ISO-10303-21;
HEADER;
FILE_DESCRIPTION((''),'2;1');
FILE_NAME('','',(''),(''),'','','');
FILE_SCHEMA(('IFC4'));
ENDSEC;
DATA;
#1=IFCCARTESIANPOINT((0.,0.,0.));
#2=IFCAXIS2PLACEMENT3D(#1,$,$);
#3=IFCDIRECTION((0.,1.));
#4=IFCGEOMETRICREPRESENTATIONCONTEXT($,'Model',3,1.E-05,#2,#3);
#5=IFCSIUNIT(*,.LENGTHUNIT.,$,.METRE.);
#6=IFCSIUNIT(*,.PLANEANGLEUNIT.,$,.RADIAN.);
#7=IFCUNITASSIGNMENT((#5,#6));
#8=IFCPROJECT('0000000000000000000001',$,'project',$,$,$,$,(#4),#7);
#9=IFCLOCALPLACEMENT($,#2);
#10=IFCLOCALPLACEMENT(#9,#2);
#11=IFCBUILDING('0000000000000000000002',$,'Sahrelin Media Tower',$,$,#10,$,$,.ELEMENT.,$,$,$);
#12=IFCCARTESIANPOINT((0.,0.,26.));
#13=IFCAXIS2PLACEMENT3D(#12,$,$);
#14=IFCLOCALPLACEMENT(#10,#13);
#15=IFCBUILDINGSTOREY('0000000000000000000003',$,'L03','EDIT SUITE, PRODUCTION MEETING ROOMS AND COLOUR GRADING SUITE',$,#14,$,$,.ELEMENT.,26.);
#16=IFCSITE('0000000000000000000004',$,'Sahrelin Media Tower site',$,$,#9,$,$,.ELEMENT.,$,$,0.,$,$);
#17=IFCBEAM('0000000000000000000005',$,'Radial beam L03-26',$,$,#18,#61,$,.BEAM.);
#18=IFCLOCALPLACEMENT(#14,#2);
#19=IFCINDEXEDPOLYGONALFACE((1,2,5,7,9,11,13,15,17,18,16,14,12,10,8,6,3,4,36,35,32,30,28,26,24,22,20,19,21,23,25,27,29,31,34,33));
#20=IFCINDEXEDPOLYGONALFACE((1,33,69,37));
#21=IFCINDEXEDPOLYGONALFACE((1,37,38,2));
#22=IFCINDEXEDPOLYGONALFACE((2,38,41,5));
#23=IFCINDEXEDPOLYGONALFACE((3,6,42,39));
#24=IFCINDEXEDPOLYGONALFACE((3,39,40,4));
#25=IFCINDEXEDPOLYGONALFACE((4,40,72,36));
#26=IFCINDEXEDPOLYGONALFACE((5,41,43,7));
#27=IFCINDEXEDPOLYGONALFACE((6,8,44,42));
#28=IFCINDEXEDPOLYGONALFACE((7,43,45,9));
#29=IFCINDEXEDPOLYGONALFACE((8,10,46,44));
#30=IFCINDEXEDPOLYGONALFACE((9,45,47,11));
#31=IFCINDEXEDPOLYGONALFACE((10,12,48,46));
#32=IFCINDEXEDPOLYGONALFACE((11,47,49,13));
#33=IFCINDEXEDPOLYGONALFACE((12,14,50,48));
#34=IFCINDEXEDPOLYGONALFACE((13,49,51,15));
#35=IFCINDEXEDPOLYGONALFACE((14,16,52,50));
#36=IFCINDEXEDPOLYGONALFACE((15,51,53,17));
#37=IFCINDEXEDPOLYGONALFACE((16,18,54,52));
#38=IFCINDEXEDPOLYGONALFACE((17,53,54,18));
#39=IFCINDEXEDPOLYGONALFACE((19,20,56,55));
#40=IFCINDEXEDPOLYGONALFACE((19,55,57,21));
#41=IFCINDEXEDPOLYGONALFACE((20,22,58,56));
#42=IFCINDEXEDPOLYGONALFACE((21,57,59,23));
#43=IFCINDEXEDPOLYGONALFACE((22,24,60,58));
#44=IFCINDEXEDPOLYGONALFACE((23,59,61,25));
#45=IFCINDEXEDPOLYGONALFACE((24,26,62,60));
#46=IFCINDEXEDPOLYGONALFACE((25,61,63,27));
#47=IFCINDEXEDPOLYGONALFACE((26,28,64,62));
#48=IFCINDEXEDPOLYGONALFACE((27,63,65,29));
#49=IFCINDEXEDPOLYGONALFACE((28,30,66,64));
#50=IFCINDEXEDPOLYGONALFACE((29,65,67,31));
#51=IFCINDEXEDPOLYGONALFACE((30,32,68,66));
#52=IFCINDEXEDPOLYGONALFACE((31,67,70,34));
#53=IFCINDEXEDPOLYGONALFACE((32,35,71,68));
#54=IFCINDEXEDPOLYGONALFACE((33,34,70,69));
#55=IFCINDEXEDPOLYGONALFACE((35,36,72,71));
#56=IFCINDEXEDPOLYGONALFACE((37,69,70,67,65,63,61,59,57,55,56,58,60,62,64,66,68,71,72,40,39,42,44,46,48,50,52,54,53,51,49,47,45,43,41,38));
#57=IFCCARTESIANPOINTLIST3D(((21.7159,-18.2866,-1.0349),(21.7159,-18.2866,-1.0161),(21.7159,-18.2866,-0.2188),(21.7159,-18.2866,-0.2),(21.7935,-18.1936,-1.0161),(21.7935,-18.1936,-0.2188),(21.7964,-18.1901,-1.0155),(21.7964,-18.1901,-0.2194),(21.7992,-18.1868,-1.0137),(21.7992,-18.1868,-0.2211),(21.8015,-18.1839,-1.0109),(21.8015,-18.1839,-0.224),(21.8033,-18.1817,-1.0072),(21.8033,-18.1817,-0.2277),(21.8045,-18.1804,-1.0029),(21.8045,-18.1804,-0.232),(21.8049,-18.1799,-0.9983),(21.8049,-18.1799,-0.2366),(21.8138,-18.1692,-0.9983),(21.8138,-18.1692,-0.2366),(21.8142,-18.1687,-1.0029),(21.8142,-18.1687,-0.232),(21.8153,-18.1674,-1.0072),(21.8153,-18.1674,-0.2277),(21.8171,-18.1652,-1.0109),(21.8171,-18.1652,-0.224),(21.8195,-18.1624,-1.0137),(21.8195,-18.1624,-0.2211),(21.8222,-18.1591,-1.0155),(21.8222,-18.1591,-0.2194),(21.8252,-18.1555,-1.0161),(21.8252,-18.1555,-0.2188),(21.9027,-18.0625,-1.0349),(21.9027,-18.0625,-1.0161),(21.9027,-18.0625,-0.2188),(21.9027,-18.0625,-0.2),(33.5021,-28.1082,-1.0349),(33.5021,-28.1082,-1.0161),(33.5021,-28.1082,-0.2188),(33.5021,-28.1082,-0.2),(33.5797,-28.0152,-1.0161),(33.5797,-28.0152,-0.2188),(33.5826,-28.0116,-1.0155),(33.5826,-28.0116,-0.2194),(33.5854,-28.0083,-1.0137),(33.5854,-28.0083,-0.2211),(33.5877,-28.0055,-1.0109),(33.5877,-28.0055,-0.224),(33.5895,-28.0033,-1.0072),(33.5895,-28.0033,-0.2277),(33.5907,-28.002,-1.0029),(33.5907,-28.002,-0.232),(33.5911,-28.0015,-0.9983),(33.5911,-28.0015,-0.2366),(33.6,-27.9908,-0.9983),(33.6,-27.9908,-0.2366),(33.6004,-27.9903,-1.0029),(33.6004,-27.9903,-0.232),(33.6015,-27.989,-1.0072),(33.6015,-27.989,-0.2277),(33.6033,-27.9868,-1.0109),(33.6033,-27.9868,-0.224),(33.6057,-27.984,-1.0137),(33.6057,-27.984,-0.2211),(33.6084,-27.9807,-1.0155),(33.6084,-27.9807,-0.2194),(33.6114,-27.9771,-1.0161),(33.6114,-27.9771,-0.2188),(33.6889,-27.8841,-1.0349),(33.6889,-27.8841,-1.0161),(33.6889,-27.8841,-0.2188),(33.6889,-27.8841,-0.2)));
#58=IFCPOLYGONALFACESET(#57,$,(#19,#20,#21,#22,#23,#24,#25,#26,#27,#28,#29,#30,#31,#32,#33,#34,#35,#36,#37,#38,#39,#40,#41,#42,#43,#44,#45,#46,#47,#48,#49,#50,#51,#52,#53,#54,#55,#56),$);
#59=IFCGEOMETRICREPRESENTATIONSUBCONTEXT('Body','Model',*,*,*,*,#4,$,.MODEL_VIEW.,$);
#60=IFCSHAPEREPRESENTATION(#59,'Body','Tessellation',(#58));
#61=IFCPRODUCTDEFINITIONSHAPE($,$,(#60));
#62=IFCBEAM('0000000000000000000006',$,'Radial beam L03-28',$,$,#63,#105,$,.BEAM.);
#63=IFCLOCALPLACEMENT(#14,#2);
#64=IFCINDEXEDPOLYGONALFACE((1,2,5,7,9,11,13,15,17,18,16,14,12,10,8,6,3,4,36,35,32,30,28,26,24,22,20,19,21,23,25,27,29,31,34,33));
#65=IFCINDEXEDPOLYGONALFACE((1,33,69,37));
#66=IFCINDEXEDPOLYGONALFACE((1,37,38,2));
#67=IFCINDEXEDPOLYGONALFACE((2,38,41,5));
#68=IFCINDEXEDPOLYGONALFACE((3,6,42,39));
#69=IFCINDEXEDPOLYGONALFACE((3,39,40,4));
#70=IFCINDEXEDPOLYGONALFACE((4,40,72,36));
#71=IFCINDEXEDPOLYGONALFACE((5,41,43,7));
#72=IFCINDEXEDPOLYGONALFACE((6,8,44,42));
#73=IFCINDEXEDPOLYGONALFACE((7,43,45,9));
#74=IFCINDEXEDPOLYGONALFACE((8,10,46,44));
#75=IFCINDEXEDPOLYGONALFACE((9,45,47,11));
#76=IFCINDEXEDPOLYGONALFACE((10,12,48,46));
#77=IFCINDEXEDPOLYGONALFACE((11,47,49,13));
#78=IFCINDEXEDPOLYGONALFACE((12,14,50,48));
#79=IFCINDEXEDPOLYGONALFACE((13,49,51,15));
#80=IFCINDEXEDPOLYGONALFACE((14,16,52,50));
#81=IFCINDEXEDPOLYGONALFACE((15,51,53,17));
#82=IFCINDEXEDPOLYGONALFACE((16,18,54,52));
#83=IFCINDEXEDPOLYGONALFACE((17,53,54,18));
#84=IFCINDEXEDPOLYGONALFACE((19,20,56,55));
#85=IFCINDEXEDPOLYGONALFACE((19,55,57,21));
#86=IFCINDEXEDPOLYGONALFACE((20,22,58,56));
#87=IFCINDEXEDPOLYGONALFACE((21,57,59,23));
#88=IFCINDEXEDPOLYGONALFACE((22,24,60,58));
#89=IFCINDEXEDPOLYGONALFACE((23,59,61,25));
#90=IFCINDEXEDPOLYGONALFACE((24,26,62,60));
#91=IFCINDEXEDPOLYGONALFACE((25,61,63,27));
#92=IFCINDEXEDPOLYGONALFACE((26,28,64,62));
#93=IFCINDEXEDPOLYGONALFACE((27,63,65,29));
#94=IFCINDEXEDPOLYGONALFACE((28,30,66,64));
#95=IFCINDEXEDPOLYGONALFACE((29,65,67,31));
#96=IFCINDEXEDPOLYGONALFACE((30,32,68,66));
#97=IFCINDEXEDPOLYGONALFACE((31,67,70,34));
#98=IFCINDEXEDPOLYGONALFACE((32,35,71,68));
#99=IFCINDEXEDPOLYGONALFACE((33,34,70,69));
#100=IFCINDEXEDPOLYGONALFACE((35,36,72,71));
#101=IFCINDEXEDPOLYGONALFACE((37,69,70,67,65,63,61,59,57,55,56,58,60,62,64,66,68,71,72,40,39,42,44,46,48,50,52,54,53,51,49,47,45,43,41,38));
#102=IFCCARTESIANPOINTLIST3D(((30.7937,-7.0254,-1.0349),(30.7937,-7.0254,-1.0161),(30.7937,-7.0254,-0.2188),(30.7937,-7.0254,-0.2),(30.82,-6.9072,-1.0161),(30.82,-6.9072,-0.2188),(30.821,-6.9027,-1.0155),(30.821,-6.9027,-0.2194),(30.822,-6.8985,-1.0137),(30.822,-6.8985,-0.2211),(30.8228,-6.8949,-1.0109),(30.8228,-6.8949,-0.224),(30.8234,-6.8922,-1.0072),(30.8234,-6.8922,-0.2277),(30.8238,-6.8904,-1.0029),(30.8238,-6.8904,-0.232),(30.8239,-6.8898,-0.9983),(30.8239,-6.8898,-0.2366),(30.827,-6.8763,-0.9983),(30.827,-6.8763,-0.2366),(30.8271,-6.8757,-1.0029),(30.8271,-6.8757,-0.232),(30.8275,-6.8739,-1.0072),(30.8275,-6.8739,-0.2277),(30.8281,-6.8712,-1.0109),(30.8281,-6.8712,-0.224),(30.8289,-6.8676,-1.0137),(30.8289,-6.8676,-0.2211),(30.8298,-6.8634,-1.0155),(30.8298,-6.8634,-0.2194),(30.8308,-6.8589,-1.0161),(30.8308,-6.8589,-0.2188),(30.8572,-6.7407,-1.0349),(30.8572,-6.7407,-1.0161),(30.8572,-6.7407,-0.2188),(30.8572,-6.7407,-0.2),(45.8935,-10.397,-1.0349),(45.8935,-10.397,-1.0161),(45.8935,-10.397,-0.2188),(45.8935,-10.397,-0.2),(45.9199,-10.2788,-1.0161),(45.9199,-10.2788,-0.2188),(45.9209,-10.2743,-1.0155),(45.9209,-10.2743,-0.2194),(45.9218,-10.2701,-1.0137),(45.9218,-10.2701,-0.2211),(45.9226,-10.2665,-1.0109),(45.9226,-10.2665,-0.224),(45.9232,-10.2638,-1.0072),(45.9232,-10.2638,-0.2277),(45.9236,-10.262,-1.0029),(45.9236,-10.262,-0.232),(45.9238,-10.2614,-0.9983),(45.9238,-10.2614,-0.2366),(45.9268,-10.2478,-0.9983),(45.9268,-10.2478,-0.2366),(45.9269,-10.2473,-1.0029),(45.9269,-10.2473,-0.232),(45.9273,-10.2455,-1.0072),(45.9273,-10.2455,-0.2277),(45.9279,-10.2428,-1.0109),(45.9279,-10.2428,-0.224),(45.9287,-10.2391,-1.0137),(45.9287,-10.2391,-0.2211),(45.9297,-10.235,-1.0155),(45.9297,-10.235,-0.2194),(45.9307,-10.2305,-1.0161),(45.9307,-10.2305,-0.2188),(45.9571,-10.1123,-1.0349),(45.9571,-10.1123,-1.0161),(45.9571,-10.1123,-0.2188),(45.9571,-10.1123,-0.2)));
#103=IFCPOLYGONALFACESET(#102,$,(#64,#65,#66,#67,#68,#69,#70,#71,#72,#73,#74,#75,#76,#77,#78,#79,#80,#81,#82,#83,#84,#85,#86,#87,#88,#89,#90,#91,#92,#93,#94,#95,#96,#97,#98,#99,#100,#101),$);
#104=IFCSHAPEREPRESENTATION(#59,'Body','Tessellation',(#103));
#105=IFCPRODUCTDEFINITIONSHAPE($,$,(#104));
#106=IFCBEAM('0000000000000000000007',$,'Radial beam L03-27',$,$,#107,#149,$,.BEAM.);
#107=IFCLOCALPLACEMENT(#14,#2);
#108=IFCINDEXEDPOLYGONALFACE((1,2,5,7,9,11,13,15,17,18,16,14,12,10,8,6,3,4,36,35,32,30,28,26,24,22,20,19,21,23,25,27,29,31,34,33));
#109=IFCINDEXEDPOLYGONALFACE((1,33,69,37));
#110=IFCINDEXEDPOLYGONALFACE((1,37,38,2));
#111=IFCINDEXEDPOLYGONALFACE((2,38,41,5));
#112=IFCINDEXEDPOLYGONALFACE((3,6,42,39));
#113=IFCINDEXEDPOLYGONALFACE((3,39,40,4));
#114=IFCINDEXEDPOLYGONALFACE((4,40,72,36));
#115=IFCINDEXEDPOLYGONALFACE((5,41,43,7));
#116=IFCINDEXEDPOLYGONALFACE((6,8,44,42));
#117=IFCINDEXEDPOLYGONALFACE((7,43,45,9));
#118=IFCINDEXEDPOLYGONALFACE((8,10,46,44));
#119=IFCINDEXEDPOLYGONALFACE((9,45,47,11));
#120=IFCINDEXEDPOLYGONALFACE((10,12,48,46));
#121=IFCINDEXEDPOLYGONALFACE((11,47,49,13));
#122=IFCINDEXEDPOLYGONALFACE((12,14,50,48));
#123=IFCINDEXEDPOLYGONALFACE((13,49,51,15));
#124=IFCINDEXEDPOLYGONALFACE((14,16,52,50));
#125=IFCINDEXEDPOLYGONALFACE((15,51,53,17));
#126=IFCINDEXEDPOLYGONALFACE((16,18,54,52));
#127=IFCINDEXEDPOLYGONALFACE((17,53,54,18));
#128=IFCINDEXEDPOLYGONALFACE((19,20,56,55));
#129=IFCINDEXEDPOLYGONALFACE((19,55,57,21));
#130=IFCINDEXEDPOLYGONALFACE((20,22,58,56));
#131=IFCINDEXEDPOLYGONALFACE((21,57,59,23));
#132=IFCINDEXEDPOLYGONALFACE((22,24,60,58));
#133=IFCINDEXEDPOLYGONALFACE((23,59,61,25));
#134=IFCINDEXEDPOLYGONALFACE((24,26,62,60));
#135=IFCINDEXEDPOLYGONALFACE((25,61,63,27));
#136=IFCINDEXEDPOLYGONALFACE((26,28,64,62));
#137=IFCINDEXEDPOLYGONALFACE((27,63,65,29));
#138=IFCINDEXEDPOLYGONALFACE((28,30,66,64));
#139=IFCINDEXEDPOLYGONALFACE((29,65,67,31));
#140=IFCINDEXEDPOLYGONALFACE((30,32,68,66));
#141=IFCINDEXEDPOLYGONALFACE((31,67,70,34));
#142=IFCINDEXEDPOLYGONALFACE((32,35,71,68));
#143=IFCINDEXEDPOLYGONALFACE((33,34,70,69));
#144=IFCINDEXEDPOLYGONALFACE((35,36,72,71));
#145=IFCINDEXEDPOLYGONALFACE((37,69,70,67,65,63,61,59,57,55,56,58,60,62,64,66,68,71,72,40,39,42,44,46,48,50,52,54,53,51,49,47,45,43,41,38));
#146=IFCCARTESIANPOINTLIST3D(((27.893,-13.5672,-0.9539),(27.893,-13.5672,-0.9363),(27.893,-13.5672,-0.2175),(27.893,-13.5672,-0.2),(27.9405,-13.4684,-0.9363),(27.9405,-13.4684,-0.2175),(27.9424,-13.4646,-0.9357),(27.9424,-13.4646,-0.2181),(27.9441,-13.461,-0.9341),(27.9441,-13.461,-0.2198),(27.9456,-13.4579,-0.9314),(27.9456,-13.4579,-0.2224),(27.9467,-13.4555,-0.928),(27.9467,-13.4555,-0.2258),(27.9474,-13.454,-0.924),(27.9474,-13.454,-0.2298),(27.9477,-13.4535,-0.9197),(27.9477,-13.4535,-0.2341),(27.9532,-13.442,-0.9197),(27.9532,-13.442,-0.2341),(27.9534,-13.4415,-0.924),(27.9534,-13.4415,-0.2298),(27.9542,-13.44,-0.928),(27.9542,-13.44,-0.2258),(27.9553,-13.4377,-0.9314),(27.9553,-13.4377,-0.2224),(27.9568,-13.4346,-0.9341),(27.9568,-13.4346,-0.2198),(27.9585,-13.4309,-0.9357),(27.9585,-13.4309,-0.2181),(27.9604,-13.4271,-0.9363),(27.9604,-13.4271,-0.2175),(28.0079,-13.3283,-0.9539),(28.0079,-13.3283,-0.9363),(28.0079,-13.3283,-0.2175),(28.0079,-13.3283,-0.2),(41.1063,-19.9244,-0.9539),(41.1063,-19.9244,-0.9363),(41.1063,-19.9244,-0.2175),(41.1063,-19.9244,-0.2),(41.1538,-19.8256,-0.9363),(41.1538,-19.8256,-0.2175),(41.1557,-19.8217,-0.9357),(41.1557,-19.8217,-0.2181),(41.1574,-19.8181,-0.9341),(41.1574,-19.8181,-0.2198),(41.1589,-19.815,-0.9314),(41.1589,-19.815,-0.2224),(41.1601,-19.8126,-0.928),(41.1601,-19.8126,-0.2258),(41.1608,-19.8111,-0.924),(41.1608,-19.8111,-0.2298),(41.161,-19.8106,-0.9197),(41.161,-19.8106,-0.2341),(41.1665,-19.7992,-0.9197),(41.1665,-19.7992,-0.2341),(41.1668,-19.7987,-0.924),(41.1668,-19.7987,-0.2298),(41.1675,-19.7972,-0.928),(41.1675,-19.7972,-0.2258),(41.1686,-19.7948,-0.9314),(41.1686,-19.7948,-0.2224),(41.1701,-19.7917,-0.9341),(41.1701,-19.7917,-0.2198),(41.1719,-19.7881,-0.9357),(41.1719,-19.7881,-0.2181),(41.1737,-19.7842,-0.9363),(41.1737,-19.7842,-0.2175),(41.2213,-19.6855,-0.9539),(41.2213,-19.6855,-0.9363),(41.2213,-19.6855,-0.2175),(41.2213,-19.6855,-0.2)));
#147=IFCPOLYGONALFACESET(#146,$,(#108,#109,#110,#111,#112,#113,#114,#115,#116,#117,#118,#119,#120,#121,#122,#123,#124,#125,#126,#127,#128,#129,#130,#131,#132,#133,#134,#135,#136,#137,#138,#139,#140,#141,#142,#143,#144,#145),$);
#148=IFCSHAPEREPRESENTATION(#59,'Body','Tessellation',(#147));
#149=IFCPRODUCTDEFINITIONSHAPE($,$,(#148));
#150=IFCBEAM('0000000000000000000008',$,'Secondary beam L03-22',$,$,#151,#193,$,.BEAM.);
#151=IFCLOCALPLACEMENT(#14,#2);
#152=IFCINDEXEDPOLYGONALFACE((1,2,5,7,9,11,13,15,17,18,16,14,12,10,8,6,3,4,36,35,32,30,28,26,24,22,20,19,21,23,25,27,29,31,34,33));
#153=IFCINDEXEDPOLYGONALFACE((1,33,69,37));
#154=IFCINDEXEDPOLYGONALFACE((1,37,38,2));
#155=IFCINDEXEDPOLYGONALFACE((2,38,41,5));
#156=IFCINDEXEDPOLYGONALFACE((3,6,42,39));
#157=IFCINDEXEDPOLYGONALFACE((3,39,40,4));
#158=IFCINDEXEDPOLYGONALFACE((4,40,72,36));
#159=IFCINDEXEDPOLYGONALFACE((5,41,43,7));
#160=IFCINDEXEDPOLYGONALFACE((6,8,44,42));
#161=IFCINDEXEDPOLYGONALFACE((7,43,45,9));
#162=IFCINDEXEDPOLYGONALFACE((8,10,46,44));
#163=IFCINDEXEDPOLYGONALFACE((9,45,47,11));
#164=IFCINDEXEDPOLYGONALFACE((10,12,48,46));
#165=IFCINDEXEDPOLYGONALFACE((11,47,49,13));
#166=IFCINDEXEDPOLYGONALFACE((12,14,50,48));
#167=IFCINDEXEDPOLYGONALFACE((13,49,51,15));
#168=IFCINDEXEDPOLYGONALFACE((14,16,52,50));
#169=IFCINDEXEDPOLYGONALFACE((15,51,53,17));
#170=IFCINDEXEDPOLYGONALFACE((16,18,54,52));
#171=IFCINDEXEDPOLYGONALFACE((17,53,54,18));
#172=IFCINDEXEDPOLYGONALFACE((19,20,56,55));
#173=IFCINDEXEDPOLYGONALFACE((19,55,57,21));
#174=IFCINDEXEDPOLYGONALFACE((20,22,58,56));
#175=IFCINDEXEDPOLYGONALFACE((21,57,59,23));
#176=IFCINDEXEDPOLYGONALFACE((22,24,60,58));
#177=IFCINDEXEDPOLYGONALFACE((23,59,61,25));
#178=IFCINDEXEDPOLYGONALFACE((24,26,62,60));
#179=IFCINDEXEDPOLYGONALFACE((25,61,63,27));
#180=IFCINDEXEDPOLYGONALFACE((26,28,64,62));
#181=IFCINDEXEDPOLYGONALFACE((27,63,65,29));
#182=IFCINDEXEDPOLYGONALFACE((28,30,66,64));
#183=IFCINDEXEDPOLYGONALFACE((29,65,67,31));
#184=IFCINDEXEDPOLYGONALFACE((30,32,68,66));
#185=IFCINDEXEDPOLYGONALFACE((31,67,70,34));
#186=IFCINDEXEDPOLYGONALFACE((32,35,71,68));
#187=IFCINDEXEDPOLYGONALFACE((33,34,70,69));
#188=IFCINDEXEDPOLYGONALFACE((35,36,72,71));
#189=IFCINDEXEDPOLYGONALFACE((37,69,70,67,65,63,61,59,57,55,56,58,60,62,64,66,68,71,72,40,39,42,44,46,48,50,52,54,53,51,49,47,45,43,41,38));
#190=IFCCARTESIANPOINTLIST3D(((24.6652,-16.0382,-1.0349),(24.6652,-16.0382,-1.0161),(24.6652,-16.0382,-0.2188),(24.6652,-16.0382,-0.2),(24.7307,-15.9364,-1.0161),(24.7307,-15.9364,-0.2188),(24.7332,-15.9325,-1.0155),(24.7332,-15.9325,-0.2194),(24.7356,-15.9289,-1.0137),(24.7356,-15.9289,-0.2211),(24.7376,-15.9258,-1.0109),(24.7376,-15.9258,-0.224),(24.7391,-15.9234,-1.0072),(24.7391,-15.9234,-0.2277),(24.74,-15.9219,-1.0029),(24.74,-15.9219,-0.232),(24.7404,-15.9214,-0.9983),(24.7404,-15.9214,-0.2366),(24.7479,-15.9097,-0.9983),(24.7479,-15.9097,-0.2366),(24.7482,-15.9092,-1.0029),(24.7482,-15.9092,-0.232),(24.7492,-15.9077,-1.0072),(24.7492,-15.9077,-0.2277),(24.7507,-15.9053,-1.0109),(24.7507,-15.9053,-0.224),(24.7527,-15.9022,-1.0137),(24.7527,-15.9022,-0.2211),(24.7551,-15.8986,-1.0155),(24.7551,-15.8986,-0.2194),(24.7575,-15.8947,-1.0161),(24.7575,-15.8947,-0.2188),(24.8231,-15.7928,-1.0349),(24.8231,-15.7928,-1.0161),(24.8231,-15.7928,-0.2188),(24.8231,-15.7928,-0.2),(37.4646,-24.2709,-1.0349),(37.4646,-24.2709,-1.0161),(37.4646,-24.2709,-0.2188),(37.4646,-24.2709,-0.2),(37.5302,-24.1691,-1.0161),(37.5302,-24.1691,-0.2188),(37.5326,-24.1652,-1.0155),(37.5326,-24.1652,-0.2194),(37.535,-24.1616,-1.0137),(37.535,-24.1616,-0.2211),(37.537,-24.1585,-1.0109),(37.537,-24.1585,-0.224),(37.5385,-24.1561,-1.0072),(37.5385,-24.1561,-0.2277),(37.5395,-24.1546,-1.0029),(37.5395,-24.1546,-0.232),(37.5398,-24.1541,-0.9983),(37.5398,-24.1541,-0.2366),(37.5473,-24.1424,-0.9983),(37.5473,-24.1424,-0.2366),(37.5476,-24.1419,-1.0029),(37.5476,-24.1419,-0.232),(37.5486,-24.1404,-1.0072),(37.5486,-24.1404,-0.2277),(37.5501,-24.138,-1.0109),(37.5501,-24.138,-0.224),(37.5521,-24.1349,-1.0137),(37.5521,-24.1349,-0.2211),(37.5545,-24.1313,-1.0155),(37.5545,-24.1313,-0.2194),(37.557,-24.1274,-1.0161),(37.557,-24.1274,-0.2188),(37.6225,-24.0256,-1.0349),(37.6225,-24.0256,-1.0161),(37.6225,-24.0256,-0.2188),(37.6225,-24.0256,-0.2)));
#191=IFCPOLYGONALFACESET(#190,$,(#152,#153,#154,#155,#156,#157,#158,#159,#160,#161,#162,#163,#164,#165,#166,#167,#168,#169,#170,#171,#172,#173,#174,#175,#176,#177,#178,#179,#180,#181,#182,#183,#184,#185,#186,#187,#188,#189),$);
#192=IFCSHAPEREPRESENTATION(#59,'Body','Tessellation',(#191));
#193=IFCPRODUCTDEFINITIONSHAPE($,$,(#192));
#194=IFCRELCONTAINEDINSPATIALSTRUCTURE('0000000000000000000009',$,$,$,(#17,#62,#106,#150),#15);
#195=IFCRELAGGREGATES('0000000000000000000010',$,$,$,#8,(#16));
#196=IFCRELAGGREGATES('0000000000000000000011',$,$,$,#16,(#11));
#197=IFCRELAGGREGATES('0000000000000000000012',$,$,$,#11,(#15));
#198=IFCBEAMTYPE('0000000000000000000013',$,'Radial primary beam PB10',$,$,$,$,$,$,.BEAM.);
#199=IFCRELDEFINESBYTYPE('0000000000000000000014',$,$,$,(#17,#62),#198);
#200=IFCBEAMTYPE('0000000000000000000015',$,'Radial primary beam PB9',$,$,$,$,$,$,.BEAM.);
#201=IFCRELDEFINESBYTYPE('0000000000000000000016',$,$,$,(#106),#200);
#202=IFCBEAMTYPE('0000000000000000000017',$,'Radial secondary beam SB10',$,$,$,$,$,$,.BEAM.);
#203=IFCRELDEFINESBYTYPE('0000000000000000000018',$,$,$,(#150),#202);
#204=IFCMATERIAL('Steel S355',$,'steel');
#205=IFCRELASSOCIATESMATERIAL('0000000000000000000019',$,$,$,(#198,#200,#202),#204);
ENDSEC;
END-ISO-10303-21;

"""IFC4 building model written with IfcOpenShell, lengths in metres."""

from ifc_helpers import new_model, si_unit, direction, frame, origin, origin_2d, place, context, subcontext, project, spatial, i_section, extrude, material, material_profile, profile_set, type_object, element, save


model = new_model("IFC4")

# Units and contexts
model_context = context("Model", 3, precision=1e-05, world=origin(), true_north=direction((0.0, 1.0)))
body_context = subcontext(model_context, "Body", "Model", "MODEL_VIEW")
ifc_project = project(units=[si_unit("LENGTHUNIT", "METRE"), si_unit("PLANEANGLEUNIT", "RADIAN")], contexts=[model_context])

# Site, building, storey
site_placement = place(None, origin())
site = spatial("IfcSite", under=ifc_project, at=site_placement, Name="Sahrelin Media Tower site", CompositionType="ELEMENT", RefElevation=0.0)
building_placement = place(site_placement, origin())
building = spatial("IfcBuilding", under=site, at=building_placement, Name="Sahrelin Media Tower", CompositionType="ELEMENT")
storey_placement = place(building_placement, frame((0.0, 0.0, 26.0)))
storey = spatial("IfcBuildingStorey", under=building, at=storey_placement, Name="L03", Description="EDIT SUITE, PRODUCTION MEETING ROOMS AND COLOUR GRADING SUITE", CompositionType="ELEMENT", Elevation=26.0)

# Beams
ifc_material_1 = material(Name="Steel S355", Category="steel")
ifc_material_profile_1 = material_profile(ifc_material_1, i_section(OverallWidth=0.2917, OverallDepth=0.835, WebThickness=0.0139, FlangeThickness=0.0188, FilletRadius=0.0178, at=origin_2d()), Name="UB 838x292x176")
ifc_profile_set_1 = profile_set([ifc_material_profile_1], Name="Steel S355")
beam_type_1 = type_object("IfcBeamType", Name="Radial primary beam PB10", PredefinedType="BEAM", material=ifc_profile_set_1)
beam_1_placement = place(storey_placement, frame((21.8093, -18.1746, -0.6174), z_axis=(0.768229, -0.640175, 0.0), x_axis=(0.640175, 0.768229, 0.0)))
element("IfcBeam", 1, at=beam_1_placement, inside=storey, type_object=beam_type_1, Name="Radial beam L03-26", PredefinedType="BEAM", context=body_context, shape_type="SweptSolid", body=[
    extrude(i_section(OverallWidth=0.2917, OverallDepth=0.835, WebThickness=0.0139, FlangeThickness=0.0188, FilletRadius=0.0178, at=origin_2d()), origin(), (0.0, 0.0, 1.0), 15.342),
])
beam_2_placement = place(storey_placement, frame((30.8254, -6.8831, -0.6174), z_axis=(0.975967, -0.217919, 0.0), x_axis=(0.217919, 0.975967, 0.0)))
element("IfcBeam", 2, at=beam_2_placement, inside=storey, type_object=beam_type_1, Name="Radial beam L03-28", PredefinedType="BEAM", context=body_context, shape_type="SweptSolid", body=[
    extrude(i_section(OverallWidth=0.2917, OverallDepth=0.835, WebThickness=0.0139, FlangeThickness=0.0188, FilletRadius=0.0178, at=origin_2d()), origin(), (0.0, 0.0, 1.0), 15.4717),
])
ifc_material_profile_2 = material_profile(ifc_material_1, i_section(OverallWidth=0.2651, OverallDepth=0.7539, WebThickness=0.0127, FlangeThickness=0.0176, FilletRadius=0.0166, at=origin_2d()), Name="UB 762x267x147")
ifc_profile_set_2 = profile_set([ifc_material_profile_2], Name="Steel S355")
beam_type_2 = type_object("IfcBeamType", Name="Radial primary beam PB9", PredefinedType="BEAM", material=ifc_profile_set_2)
beam_3_placement = place(storey_placement, frame((27.9504, -13.4478, -0.5769), z_axis=(0.90113, -0.433549, 0.0), x_axis=(0.433549, 0.90113, 0.0)))
element("IfcBeam", 3, at=beam_3_placement, inside=storey, type_object=beam_type_2, Name="Radial beam L03-27", PredefinedType="BEAM", context=body_context, shape_type="SweptSolid", body=[
    extrude(i_section(OverallWidth=0.2651, OverallDepth=0.7539, WebThickness=0.0127, FlangeThickness=0.0176, FilletRadius=0.0166, at=origin_2d()), origin(), (0.0, 0.0, 1.0), 14.6631),
])
ifc_material_profile_3 = material_profile(ifc_material_1, i_section(OverallWidth=0.2917, OverallDepth=0.835, WebThickness=0.0139, FlangeThickness=0.0188, FilletRadius=0.0178, at=origin_2d()), Name="UB 838x292x176")
ifc_profile_set_3 = profile_set([ifc_material_profile_3], Name="Steel S355")
beam_type_3 = type_object("IfcBeamType", Name="Radial secondary beam SB10", PredefinedType="BEAM", material=ifc_profile_set_3)
beam_4_placement = place(storey_placement, frame((24.7441, -15.9155, -0.6174), z_axis=(0.841043, -0.540968, 0.0), x_axis=(0.540968, 0.841043, 0.0)))
element("IfcBeam", 4, at=beam_4_placement, inside=storey, type_object=beam_type_3, Name="Secondary beam L03-22", PredefinedType="BEAM", context=body_context, shape_type="SweptSolid", body=[
    extrude(i_section(OverallWidth=0.2917, OverallDepth=0.835, WebThickness=0.0139, FlangeThickness=0.0188, FilletRadius=0.0178, at=origin_2d()), origin(), (0.0, 0.0, 1.0), 15.2185),
])

save(model, "model.ifc")
